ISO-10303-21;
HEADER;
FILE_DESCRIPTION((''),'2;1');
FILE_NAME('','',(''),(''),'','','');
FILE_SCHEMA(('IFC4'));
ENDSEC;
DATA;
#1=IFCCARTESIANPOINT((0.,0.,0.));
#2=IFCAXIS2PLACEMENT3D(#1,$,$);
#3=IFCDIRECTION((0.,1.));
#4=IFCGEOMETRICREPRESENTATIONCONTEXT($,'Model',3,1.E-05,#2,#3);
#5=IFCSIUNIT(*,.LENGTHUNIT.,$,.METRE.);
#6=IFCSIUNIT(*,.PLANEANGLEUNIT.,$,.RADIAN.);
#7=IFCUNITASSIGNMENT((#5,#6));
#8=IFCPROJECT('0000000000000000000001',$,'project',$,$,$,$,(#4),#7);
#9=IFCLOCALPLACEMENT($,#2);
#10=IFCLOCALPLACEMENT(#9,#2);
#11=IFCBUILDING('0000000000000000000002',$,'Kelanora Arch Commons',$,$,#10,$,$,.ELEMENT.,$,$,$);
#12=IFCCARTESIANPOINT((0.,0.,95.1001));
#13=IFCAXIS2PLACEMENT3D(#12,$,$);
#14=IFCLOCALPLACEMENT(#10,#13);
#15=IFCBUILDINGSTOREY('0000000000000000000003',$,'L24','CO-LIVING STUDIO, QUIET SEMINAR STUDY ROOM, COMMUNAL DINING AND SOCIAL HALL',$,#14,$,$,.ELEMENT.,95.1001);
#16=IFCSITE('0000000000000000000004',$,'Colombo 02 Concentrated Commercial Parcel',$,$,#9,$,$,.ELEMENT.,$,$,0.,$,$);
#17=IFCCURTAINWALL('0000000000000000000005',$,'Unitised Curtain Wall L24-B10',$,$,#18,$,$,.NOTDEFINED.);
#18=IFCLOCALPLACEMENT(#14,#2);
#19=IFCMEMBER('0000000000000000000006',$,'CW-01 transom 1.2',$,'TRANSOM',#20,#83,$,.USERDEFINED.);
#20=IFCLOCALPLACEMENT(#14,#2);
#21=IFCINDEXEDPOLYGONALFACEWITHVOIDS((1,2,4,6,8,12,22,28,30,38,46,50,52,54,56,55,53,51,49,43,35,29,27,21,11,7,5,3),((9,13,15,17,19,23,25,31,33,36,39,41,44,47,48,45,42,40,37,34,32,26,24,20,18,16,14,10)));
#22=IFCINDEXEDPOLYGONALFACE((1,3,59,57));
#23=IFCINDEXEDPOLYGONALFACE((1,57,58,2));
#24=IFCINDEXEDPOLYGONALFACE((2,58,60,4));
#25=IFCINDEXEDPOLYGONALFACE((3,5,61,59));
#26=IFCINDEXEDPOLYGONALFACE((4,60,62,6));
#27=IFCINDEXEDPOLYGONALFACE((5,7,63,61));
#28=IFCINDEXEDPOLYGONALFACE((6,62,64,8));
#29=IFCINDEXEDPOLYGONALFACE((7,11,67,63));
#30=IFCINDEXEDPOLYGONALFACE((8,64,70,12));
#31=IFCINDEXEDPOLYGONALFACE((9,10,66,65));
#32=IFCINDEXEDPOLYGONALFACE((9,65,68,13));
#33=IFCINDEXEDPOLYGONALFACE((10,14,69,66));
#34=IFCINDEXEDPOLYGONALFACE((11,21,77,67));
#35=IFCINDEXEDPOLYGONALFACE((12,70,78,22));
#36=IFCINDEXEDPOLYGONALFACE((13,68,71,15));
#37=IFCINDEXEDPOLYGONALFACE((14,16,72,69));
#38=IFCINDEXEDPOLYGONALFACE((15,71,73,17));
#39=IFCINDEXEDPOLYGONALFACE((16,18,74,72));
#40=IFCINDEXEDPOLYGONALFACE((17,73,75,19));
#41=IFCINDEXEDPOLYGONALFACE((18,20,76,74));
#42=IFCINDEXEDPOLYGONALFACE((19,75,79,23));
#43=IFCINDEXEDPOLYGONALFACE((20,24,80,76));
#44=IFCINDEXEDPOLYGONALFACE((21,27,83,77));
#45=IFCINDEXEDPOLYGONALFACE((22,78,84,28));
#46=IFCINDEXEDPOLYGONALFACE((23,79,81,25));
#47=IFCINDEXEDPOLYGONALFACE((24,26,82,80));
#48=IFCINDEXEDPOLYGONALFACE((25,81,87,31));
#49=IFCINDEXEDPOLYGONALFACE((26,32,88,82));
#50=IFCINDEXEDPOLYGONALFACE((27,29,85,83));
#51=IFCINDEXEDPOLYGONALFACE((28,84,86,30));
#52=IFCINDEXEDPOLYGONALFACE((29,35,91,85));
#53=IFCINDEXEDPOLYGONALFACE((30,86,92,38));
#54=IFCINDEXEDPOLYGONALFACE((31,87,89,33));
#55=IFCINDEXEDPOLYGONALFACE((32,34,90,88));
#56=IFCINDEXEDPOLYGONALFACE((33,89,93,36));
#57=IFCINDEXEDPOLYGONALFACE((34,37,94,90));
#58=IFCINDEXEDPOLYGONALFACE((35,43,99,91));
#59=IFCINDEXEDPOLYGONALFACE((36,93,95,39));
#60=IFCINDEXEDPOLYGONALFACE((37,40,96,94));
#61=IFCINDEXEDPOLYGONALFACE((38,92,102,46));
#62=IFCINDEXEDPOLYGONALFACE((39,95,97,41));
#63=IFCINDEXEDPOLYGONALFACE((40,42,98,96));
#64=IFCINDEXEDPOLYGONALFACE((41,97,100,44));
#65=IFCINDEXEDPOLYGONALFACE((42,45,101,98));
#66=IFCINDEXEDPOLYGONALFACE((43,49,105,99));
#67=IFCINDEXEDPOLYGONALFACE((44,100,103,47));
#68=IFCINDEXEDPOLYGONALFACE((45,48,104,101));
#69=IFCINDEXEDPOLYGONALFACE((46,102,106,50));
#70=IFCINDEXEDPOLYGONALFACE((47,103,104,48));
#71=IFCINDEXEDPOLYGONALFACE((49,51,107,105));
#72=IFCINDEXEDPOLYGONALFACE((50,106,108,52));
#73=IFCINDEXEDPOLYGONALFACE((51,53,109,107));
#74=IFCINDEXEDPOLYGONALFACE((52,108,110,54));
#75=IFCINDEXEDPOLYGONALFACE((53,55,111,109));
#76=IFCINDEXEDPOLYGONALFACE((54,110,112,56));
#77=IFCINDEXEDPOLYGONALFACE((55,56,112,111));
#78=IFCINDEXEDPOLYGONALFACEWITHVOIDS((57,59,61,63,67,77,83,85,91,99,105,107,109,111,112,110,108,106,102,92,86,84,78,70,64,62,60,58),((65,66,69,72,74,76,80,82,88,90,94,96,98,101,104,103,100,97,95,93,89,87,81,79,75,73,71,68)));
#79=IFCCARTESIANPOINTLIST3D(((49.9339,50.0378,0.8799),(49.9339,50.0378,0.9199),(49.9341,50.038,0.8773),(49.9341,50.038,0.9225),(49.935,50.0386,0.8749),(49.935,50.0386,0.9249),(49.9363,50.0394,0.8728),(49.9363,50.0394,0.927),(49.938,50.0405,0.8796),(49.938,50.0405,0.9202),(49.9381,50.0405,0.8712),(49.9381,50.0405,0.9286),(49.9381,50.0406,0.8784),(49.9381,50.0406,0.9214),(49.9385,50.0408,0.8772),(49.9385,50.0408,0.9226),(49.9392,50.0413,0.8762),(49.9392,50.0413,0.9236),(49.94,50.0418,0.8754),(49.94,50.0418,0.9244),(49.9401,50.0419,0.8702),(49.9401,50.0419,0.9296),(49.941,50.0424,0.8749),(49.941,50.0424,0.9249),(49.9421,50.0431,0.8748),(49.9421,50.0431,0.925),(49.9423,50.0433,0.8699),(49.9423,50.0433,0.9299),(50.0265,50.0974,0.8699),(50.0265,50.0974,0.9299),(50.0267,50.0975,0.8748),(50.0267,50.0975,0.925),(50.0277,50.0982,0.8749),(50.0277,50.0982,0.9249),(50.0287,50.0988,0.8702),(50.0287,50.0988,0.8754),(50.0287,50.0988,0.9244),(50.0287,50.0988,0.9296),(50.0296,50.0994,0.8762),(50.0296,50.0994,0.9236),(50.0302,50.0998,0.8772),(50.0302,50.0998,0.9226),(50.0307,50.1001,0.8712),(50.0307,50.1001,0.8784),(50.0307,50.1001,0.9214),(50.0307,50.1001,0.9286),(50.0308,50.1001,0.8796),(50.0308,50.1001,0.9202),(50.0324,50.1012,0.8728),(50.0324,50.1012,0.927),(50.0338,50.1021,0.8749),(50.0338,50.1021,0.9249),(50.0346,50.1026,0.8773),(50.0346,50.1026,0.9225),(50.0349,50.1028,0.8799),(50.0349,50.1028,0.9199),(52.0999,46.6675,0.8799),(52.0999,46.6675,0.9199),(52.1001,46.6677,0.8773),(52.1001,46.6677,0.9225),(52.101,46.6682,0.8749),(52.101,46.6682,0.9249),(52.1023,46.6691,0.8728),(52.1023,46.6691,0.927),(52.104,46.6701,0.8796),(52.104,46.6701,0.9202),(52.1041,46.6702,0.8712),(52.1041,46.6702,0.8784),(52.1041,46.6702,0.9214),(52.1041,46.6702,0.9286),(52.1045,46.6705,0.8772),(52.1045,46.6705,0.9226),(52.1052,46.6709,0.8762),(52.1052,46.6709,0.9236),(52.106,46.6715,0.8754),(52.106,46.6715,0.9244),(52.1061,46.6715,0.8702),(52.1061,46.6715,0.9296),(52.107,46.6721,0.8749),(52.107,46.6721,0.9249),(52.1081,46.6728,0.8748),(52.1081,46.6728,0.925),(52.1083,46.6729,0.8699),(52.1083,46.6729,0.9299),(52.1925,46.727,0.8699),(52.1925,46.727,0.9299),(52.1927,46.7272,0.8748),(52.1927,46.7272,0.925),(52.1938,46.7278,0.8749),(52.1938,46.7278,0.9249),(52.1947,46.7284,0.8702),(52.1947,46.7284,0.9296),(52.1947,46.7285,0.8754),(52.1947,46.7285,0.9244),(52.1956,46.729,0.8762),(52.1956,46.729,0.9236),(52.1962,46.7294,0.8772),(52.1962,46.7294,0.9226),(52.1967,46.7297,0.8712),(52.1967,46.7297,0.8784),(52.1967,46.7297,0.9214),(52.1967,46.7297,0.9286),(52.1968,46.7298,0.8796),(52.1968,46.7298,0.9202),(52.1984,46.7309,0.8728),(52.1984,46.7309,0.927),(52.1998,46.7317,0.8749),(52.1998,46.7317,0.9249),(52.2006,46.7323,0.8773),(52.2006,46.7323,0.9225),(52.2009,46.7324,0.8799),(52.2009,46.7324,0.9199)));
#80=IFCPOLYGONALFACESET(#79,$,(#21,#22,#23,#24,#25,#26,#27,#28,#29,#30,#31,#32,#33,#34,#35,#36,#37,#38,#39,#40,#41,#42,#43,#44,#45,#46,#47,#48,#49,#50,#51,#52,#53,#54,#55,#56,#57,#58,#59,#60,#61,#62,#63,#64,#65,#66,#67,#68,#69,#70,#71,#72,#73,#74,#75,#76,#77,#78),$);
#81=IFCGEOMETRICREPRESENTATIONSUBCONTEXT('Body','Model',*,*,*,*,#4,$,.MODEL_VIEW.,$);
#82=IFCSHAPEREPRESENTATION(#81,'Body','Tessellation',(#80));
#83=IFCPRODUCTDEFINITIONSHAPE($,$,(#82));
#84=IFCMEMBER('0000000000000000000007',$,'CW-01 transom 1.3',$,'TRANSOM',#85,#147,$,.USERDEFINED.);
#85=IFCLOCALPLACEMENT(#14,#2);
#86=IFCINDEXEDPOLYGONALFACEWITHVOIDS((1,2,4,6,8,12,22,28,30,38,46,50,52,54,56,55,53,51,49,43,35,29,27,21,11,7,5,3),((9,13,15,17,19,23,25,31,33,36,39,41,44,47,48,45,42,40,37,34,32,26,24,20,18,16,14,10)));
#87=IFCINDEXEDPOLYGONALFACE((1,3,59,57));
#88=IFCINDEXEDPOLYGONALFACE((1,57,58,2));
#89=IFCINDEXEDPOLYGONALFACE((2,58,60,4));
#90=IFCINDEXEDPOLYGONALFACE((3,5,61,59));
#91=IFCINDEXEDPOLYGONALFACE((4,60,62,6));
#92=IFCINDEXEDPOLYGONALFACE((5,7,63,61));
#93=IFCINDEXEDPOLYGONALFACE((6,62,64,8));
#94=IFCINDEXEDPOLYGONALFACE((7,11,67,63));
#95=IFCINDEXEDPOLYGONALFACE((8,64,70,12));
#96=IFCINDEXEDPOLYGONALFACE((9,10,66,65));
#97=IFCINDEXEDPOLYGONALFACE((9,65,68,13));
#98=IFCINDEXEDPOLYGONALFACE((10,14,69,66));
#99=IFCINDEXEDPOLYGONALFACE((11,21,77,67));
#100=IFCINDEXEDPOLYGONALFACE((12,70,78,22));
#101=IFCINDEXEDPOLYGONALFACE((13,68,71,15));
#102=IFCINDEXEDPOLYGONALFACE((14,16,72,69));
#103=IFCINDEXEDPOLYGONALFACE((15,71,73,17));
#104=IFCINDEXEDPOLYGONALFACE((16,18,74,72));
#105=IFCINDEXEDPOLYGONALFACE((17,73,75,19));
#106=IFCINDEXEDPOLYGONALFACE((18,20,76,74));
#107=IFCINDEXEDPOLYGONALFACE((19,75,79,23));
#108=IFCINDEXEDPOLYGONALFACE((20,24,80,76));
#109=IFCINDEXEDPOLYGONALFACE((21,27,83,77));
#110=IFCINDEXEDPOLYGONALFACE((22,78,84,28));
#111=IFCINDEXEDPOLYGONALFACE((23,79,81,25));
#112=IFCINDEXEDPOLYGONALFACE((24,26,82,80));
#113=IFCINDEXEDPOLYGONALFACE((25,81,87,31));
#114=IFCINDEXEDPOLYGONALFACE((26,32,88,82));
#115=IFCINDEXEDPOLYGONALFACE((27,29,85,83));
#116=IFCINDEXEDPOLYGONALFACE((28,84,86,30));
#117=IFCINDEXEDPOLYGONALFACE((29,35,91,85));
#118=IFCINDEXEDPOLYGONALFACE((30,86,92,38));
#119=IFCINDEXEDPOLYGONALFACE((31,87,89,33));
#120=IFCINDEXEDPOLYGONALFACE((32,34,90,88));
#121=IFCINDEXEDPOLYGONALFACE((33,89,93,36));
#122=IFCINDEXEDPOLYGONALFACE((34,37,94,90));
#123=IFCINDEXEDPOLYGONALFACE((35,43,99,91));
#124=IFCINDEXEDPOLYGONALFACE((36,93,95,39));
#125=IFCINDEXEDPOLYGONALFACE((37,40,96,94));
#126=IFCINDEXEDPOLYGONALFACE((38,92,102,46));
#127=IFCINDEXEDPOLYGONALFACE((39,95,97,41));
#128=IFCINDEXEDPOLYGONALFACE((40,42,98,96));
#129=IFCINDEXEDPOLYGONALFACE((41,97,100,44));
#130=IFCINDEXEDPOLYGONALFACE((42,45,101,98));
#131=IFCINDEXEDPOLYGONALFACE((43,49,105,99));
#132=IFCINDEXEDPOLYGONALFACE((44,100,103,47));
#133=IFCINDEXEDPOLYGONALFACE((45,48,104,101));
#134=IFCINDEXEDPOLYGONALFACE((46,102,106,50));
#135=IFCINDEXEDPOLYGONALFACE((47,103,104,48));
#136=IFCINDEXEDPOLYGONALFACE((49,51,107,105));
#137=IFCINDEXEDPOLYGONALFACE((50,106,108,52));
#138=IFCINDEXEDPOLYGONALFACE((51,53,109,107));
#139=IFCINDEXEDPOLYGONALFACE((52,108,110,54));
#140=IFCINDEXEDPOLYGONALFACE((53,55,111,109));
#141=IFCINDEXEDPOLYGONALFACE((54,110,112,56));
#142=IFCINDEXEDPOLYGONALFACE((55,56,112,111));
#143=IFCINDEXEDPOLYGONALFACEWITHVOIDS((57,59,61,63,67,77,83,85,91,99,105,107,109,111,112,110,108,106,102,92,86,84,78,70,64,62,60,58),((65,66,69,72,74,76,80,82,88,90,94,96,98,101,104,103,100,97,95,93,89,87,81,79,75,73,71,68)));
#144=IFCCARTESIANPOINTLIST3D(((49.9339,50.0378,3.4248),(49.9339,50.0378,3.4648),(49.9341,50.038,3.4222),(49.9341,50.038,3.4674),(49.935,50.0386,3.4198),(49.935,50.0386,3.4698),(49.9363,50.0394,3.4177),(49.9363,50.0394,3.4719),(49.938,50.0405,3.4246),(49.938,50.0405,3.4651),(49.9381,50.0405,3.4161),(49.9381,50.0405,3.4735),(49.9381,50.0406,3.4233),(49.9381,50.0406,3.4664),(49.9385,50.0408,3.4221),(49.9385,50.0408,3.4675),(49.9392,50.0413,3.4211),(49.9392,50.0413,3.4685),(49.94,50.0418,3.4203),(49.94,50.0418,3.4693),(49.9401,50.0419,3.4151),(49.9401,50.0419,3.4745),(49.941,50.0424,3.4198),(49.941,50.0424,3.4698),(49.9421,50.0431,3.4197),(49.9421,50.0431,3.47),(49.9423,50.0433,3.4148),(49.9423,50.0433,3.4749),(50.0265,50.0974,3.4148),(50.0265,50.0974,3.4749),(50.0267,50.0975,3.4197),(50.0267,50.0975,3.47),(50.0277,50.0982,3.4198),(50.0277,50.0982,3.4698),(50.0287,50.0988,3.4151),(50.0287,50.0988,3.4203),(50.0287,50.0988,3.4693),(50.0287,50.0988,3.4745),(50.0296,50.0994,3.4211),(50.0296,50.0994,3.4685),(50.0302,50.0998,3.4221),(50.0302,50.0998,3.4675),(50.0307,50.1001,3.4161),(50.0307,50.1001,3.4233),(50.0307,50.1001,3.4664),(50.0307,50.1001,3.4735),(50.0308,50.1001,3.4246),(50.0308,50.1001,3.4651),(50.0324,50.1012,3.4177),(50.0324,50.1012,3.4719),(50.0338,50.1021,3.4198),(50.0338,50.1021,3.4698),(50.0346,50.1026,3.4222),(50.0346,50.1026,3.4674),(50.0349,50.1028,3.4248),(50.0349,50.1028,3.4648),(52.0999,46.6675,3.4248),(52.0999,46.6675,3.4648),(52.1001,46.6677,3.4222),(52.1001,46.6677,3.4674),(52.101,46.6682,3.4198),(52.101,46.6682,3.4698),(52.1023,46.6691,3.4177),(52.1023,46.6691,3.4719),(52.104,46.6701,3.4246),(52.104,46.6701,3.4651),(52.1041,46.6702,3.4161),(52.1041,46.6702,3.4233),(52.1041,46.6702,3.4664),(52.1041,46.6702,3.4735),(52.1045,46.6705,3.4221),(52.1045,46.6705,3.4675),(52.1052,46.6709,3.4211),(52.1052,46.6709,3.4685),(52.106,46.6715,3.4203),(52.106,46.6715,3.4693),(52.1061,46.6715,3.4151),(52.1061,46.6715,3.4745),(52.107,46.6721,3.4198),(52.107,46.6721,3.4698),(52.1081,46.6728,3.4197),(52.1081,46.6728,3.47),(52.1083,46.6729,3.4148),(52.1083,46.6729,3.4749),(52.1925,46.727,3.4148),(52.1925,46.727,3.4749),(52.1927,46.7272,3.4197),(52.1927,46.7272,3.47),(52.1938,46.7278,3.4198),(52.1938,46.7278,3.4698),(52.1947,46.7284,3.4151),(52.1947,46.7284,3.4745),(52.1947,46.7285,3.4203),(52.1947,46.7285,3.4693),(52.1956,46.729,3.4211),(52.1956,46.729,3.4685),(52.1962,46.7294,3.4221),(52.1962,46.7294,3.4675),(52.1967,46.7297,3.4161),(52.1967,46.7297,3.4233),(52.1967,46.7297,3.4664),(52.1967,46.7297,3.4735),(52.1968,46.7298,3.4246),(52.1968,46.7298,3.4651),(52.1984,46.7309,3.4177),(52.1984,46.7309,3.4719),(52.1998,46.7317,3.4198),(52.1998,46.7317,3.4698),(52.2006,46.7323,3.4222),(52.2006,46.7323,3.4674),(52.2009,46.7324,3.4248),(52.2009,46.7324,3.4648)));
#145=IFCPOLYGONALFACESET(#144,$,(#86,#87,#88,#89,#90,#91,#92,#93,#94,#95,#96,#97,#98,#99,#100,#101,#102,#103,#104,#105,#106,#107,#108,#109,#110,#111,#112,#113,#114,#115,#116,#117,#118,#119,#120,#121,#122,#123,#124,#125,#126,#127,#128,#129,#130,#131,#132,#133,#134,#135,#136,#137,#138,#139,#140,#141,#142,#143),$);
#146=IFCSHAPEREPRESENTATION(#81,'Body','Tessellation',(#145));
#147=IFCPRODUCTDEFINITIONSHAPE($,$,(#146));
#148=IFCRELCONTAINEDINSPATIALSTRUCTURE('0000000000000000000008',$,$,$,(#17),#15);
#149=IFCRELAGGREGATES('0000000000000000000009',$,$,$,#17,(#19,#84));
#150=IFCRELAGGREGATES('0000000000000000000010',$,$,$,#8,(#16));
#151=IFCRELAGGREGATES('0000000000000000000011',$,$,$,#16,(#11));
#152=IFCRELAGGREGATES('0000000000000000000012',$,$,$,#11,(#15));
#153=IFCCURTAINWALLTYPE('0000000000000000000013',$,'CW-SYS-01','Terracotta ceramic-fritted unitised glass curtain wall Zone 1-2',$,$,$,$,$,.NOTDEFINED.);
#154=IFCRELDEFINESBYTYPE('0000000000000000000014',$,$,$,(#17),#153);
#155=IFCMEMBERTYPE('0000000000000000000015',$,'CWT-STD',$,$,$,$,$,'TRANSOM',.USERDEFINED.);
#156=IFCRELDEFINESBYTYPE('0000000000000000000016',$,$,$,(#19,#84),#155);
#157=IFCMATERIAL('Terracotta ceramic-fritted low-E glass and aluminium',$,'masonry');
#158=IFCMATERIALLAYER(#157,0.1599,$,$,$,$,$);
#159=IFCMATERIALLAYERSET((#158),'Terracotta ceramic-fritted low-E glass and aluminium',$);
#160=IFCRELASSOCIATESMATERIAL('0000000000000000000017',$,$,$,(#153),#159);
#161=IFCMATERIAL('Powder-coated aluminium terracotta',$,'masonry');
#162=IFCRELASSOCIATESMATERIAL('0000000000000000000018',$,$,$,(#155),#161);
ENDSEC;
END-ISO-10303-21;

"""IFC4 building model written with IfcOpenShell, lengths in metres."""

from ifc_helpers import new_model, si_unit, direction, frame, origin, origin_2d, place, context, subcontext, project, spatial, hollow_rectangle, extrude, material, layer, layer_set, material_profile, profile_set, type_object, element, aggregate, save


model = new_model("IFC4")

# Units and contexts
model_context = context("Model", 3, precision=1e-05, world=origin(), true_north=direction((0.0, 1.0)))
body_context = subcontext(model_context, "Body", "Model", "MODEL_VIEW")
ifc_project = project(units=[si_unit("LENGTHUNIT", "METRE"), si_unit("PLANEANGLEUNIT", "RADIAN")], contexts=[model_context])

# Site, building, storey
site_placement = place(None, origin())
site = spatial("IfcSite", under=ifc_project, at=site_placement, Name="Colombo 02 Concentrated Commercial Parcel", CompositionType="ELEMENT", RefElevation=0.0)
building_placement = place(site_placement, origin())
building = spatial("IfcBuilding", under=site, at=building_placement, Name="Kelanora Arch Commons", CompositionType="ELEMENT")
storey_placement = place(building_placement, frame((0.0, 0.0, 95.1001)))
storey = spatial("IfcBuildingStorey", under=building, at=storey_placement, Name="L24", Description="CO-LIVING STUDIO, QUIET SEMINAR STUDY ROOM, COMMUNAL DINING AND SOCIAL HALL", CompositionType="ELEMENT", Elevation=95.1001)

# Shared definitions
ifc_material_1 = material(Name="Terracotta ceramic-fritted low-E glass and aluminium", Category="masonry")
ifc_layer_1 = layer(ifc_material_1, 0.1599)
ifc_layer_set_1 = layer_set([ifc_layer_1], Name="Terracotta ceramic-fritted low-E glass and aluminium")
curtain_wall_type = type_object("IfcCurtainWallType", Name="CW-SYS-01", Description="Terracotta ceramic-fritted unitised glass curtain wall Zone 1-2", PredefinedType="NOTDEFINED", material=ifc_layer_set_1)
ifc_material_2 = material(Name="Powder-coated aluminium terracotta", Category="masonry")

# Curtain wall, members
curtain_wall_1_placement = place(storey_placement, origin())
curtain_wall_1 = element("IfcCurtainWall", 1, at=curtain_wall_1_placement, inside=storey, type_object=curtain_wall_type, Name="Unitised Curtain Wall L24-B10", PredefinedType="NOTDEFINED")
ifc_material_profile_1 = material_profile(ifc_material_2, hollow_rectangle(XDim=0.1201, YDim=0.0601, WallThickness=0.0049, InnerFilletRadius=0.0049, OuterFilletRadius=0.01, at=origin_2d()), Name="CWT120x60")
ifc_profile_set_1 = profile_set([ifc_material_profile_1], Name="Powder-coated aluminium terracotta")
member_type_1 = type_object("IfcMemberType", Name="CWT-STD", ElementType="TRANSOM", PredefinedType="USERDEFINED", material=ifc_profile_set_1)
member_1_placement = place(storey_placement, frame((49.9844, 50.0703, 0.8999), z_axis=(0.540644, -0.841252, 0.0), x_axis=(0.841252, 0.540644, 0.0)))
member_1 = element("IfcMember", 2, at=member_1_placement, type_object=member_type_1, Name="CW-01 transom 1.2", ObjectType="TRANSOM", PredefinedType="USERDEFINED", context=body_context, shape_type="SweptSolid", body=[
    extrude(hollow_rectangle(XDim=0.1201, YDim=0.0601, WallThickness=0.0049, InnerFilletRadius=0.0049, OuterFilletRadius=0.01, at=origin_2d()), origin(), (0.0, 0.0, 1.0), 4.0063),
])
member_2_placement = place(storey_placement, frame((49.9844, 50.0703, 3.4448), z_axis=(0.540644, -0.841252, 0.0), x_axis=(0.841252, 0.540644, 0.0)))
member_2 = element("IfcMember", 3, at=member_2_placement, type_object=member_type_1, Name="CW-01 transom 1.3", ObjectType="TRANSOM", PredefinedType="USERDEFINED", context=body_context, shape_type="SweptSolid", body=[
    extrude(hollow_rectangle(XDim=0.1201, YDim=0.0601, WallThickness=0.0049, InnerFilletRadius=0.0049, OuterFilletRadius=0.01, at=origin_2d()), origin(), (0.0, 0.0, 1.0), 4.0063),
])

aggregate(curtain_wall_1, [member_1, member_2])

save(model, "model.ifc")
